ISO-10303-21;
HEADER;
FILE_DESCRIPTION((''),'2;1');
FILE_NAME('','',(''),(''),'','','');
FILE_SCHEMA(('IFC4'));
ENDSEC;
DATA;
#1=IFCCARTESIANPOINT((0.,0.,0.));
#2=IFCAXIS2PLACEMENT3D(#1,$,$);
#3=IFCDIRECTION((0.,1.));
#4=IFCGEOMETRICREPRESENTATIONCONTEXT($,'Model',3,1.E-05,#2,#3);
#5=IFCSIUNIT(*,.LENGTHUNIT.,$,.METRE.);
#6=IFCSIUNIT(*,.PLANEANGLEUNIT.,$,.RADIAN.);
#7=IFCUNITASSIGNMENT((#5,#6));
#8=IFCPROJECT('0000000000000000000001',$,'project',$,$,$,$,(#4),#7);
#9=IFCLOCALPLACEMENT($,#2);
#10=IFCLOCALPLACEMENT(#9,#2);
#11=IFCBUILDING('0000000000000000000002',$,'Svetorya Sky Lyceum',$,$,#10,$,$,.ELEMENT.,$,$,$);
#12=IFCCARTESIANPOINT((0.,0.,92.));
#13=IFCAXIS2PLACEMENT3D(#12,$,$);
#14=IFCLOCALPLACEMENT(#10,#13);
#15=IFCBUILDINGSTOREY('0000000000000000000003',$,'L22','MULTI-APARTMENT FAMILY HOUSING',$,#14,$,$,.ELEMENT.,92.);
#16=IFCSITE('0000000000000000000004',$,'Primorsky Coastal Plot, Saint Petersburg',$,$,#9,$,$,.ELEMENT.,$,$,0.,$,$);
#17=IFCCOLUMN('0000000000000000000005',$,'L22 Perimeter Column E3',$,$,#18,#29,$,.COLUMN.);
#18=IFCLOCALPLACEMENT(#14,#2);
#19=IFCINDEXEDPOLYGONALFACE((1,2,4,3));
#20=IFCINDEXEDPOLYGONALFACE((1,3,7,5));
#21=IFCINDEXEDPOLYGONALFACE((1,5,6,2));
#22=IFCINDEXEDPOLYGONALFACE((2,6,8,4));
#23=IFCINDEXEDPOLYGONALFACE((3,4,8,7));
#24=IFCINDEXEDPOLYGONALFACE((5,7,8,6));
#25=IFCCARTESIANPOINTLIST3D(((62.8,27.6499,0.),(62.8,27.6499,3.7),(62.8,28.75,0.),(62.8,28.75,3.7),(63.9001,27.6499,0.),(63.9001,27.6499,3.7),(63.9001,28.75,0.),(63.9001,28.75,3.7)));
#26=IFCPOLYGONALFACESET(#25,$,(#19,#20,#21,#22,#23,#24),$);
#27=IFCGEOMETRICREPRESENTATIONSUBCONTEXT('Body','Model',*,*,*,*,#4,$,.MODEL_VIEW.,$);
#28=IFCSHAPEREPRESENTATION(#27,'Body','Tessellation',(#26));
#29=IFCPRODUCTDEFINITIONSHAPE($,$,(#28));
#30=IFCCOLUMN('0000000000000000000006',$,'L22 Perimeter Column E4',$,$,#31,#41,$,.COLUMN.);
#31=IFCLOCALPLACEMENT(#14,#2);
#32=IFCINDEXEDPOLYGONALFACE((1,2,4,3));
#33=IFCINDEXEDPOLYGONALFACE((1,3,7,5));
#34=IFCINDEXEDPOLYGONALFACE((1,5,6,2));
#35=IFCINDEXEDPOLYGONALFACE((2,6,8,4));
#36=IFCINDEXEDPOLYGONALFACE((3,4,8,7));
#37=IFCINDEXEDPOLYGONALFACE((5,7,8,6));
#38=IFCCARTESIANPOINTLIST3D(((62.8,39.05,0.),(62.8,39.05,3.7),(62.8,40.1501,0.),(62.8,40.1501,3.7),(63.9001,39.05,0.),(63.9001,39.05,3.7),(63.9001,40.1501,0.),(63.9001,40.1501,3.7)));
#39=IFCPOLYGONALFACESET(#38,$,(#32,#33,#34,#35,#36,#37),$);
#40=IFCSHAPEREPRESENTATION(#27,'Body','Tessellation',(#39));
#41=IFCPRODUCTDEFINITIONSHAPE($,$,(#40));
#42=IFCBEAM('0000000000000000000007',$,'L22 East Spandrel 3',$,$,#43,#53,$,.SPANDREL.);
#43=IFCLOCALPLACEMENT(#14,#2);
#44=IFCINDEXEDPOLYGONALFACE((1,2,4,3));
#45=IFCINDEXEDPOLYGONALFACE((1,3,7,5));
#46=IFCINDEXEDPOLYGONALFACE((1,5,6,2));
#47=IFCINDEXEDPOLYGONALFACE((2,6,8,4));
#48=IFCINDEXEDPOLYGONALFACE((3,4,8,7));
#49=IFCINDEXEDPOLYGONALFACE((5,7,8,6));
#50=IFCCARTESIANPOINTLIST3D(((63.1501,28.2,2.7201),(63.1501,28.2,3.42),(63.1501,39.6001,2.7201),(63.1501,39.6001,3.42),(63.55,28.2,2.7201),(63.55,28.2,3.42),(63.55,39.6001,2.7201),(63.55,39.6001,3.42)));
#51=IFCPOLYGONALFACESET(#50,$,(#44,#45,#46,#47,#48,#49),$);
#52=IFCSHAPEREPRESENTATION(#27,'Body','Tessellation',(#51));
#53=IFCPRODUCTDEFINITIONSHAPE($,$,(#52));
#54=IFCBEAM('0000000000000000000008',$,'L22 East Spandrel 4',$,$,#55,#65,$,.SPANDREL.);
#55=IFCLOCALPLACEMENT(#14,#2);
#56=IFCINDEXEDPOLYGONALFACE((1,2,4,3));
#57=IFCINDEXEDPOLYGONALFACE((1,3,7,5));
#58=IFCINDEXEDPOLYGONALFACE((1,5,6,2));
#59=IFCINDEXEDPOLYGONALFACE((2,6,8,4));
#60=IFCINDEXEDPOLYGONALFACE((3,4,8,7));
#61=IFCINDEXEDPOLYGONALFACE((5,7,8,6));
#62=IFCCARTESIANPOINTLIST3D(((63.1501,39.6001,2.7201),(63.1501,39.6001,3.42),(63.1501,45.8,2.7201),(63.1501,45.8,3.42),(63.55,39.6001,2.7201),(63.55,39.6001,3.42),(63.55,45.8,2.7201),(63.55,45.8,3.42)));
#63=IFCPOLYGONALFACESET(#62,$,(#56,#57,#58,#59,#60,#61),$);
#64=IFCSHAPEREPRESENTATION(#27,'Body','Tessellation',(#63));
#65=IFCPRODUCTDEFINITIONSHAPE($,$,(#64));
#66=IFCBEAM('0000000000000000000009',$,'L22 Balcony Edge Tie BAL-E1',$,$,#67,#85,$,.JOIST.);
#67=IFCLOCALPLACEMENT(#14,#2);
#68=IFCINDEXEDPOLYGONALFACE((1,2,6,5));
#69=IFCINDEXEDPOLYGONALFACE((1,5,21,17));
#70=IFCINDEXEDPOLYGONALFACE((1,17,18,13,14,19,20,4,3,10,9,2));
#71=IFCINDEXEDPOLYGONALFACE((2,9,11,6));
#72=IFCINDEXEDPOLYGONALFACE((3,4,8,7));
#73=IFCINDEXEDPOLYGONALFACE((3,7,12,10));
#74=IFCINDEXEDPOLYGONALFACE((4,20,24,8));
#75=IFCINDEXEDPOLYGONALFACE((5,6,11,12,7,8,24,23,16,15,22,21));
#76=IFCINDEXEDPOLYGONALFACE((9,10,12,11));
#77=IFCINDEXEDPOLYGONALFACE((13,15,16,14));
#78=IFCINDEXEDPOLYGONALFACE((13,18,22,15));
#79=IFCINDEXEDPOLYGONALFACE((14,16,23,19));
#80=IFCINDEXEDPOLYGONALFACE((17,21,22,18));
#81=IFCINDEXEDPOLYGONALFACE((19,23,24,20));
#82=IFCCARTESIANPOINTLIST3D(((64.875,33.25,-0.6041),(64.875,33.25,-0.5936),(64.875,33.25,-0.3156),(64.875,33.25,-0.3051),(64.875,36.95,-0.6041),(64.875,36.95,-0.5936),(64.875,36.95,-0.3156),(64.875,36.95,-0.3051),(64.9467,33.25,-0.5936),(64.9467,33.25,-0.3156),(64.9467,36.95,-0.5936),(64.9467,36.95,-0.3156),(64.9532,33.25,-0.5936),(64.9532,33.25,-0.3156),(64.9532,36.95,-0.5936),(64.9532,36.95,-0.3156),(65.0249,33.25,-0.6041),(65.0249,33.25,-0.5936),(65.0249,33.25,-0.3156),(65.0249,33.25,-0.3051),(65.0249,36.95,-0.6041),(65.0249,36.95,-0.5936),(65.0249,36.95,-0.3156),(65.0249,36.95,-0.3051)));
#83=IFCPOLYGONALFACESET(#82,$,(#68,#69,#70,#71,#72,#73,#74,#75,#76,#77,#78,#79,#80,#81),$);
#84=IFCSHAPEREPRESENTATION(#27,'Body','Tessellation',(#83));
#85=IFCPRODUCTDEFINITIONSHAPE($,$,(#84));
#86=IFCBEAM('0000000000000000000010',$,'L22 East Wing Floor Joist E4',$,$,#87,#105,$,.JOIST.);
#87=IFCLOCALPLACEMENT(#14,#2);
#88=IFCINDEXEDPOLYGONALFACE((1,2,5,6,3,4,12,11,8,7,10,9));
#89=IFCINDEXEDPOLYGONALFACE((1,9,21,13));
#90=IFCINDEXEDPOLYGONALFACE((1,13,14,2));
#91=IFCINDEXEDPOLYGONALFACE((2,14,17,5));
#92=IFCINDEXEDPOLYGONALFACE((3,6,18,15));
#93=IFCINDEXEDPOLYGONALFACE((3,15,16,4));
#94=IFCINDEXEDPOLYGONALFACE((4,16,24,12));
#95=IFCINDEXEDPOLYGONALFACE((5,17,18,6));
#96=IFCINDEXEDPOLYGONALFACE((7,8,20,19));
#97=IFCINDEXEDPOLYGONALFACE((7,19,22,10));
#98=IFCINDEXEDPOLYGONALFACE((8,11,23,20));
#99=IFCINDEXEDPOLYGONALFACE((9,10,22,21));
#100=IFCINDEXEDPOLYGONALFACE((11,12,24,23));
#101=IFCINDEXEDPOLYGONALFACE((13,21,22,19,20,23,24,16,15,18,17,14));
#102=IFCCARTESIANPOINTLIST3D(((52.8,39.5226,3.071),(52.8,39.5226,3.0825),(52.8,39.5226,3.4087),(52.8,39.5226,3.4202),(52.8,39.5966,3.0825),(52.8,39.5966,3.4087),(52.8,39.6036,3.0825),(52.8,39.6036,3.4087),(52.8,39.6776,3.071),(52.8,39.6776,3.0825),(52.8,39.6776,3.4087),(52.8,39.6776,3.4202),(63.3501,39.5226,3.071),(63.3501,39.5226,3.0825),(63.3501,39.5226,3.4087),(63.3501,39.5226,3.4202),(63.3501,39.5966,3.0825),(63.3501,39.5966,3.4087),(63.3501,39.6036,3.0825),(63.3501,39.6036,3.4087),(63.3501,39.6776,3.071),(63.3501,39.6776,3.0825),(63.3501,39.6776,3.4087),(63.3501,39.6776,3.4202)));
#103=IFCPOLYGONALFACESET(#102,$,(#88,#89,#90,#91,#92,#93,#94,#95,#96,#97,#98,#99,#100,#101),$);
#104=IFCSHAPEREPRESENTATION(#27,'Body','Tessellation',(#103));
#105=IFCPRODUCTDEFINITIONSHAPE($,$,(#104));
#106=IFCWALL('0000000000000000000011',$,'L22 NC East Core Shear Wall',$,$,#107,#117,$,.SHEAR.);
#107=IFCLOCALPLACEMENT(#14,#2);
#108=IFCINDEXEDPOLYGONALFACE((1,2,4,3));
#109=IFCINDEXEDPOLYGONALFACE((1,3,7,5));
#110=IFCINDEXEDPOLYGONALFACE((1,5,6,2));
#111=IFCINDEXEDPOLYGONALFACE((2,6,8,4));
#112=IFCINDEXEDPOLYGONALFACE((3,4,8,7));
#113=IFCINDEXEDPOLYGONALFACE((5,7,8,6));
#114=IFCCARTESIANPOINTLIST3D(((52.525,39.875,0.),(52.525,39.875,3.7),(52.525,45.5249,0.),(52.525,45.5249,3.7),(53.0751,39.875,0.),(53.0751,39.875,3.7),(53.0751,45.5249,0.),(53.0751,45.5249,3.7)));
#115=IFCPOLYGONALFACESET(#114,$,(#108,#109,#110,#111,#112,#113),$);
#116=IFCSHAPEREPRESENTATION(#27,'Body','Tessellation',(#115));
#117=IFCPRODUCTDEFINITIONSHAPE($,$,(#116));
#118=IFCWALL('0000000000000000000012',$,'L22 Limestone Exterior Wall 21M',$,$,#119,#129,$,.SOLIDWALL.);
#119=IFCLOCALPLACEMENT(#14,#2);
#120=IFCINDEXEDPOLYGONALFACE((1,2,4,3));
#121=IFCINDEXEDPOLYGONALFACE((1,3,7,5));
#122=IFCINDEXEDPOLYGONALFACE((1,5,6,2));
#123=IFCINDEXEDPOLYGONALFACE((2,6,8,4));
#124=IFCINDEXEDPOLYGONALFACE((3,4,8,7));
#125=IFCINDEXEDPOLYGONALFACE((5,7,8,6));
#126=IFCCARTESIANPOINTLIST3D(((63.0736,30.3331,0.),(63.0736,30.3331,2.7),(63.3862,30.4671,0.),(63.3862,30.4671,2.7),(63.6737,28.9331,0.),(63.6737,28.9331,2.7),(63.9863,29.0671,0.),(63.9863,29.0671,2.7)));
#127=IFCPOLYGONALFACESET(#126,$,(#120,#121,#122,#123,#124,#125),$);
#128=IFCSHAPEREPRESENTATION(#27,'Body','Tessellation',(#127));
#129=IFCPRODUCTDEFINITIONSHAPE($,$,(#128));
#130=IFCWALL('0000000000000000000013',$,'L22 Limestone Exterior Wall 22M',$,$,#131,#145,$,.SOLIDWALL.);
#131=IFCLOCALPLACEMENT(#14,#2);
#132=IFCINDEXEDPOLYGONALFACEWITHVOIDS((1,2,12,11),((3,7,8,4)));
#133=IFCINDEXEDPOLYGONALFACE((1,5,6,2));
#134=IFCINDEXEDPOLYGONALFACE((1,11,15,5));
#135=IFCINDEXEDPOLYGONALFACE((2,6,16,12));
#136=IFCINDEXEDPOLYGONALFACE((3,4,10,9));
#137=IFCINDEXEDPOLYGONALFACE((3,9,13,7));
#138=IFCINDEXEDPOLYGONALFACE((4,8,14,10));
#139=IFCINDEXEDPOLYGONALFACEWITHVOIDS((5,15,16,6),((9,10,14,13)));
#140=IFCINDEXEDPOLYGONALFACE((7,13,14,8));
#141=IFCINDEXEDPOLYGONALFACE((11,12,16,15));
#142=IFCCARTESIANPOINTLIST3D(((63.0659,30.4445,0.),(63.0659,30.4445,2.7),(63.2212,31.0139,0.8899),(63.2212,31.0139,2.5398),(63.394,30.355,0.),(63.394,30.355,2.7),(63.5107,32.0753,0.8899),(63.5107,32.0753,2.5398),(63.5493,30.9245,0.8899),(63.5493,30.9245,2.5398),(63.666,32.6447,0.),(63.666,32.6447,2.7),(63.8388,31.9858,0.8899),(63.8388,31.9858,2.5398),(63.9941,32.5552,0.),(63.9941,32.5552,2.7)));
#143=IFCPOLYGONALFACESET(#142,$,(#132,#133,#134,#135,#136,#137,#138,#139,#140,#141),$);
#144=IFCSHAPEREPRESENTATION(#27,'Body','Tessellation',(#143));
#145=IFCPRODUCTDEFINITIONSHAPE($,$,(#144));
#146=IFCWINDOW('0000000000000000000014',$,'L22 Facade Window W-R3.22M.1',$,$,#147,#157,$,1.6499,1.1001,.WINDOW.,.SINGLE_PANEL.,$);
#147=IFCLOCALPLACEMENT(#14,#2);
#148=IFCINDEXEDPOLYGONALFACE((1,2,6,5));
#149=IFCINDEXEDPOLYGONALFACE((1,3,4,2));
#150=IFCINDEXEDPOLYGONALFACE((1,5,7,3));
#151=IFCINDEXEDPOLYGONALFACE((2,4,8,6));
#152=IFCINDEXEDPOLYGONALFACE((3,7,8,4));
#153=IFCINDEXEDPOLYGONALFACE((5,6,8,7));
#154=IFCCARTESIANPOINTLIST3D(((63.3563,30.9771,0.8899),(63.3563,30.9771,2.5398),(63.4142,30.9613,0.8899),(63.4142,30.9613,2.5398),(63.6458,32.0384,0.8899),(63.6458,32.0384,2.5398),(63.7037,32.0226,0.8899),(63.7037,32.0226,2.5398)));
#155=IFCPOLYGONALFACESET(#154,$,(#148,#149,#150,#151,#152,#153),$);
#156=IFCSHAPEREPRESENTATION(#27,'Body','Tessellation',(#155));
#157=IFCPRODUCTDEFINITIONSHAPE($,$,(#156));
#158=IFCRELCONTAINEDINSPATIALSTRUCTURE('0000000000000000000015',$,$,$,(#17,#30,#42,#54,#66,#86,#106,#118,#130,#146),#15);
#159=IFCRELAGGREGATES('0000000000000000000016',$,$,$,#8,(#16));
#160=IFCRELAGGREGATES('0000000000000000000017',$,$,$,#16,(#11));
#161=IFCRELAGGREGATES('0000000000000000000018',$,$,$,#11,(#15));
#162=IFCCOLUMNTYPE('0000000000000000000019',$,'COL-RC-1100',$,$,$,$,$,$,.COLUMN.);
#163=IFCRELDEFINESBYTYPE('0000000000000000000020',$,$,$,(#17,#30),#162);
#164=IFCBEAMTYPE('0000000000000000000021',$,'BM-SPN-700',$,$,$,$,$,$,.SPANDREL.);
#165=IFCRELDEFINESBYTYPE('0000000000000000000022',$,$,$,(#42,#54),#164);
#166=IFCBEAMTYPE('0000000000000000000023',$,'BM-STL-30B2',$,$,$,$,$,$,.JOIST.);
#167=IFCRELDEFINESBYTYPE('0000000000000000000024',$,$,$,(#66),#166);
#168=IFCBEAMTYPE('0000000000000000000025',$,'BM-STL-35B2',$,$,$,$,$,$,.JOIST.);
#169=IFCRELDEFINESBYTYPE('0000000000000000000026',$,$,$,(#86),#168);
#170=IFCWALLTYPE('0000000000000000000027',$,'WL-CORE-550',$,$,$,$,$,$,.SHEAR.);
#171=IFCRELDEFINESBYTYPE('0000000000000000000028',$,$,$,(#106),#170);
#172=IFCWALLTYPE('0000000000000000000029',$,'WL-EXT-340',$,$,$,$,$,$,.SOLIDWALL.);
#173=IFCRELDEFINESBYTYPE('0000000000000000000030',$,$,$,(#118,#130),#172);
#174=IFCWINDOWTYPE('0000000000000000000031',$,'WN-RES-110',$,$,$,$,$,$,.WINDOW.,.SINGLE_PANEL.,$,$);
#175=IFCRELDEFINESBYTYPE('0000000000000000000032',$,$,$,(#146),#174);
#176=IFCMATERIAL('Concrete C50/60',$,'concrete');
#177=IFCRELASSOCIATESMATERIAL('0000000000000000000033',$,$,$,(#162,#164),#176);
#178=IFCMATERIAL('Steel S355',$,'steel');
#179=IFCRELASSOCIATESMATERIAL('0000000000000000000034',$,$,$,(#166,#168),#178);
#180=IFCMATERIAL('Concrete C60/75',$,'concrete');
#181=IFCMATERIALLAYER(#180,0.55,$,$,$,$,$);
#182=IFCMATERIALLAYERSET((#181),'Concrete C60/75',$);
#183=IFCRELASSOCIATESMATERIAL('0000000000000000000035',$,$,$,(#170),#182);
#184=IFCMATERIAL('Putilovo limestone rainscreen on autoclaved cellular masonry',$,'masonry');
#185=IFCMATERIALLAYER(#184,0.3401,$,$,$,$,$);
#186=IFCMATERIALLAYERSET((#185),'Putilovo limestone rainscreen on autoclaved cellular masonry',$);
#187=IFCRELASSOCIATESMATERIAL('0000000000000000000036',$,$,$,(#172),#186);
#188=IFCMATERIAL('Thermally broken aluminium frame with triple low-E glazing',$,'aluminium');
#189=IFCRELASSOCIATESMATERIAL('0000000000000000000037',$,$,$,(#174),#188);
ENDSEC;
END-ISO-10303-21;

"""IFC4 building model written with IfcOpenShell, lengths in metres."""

from ifc_helpers import new_model, si_unit, direction, frame, frame_2d, origin, origin_2d, place, context, subcontext, project, spatial, rectangle, i_section, extrude, material, layer, layer_set, material_profile, profile_set, type_object, element, fill, save


model = new_model("IFC4")

# Units and contexts
model_context = context("Model", 3, precision=1e-05, world=origin(), true_north=direction((0.0, 1.0)))
body_context = subcontext(model_context, "Body", "Model", "MODEL_VIEW")
ifc_project = project(units=[si_unit("LENGTHUNIT", "METRE"), si_unit("PLANEANGLEUNIT", "RADIAN")], contexts=[model_context])

# Site, building, storey
site_placement = place(None, origin())
site = spatial("IfcSite", under=ifc_project, at=site_placement, Name="Primorsky Coastal Plot, Saint Petersburg", CompositionType="ELEMENT", RefElevation=0.0)
building_placement = place(site_placement, origin())
building = spatial("IfcBuilding", under=site, at=building_placement, Name="Svetorya Sky Lyceum", CompositionType="ELEMENT")
storey_placement = place(building_placement, frame((0.0, 0.0, 92.0)))
storey = spatial("IfcBuildingStorey", under=building, at=storey_placement, Name="L22", Description="MULTI-APARTMENT FAMILY HOUSING", CompositionType="ELEMENT", Elevation=92.0)

# Columns
ifc_material_1 = material(Name="Concrete C50/60", Category="concrete")
ifc_material_profile_1 = material_profile(ifc_material_1, rectangle(XDim=1.1001, YDim=1.1001, at=origin_2d()), Name="RC COL 1100x1100")
ifc_profile_set_1 = profile_set([ifc_material_profile_1], Name="Concrete C50/60")
column_type = type_object("IfcColumnType", Name="COL-RC-1100", PredefinedType="COLUMN", material=ifc_profile_set_1)
for number, where, z_axis, x_axis, name in (
    (1, (63.3501, 28.2, 0.0), (0.0, 0.0, 1.0), (1.0, 0.0, 0.0), "L22 Perimeter Column E3"),
    (2, (63.3501, 39.6001, 0.0), (0.0, 0.0, 1.0), (1.0, 0.0, 0.0), "L22 Perimeter Column E4"),
):
    element("IfcColumn", number, at=place(storey_placement, frame(where, z_axis=z_axis, x_axis=x_axis)), inside=storey, type_object=column_type, Name=name, PredefinedType="COLUMN", context=body_context, shape_type="SweptSolid", body=[
        extrude(rectangle(XDim=1.1001, YDim=1.1001, at=origin_2d()), origin(), (0.0, 0.0, 1.0), 3.7),
    ])

# Beams
ifc_material_profile_2 = material_profile(ifc_material_1, rectangle(XDim=0.3999, YDim=0.7, at=origin_2d()), Name="RC SPANDREL 400x700")
ifc_profile_set_2 = profile_set([ifc_material_profile_2], Name="Concrete C50/60")
beam_type_1 = type_object("IfcBeamType", Name="BM-SPN-700", PredefinedType="SPANDREL", material=ifc_profile_set_2)
beam_1_placement = place(storey_placement, frame((63.3501, 28.2, 3.0701), z_axis=(0.0, 1.0, 0.0), x_axis=(-1.0, 0.0, 0.0)))
element("IfcBeam", 3, at=beam_1_placement, inside=storey, type_object=beam_type_1, Name="L22 East Spandrel 3", PredefinedType="SPANDREL", context=body_context, shape_type="SweptSolid", body=[
    extrude(rectangle(XDim=0.3999, YDim=0.7, at=origin_2d()), origin(), (0.0, 0.0, 1.0), 11.4001),
])
beam_2_placement = place(storey_placement, frame((63.3501, 39.6001, 3.0701), z_axis=(0.0, 1.0, 0.0), x_axis=(-1.0, 0.0, 0.0)))
element("IfcBeam", 4, at=beam_2_placement, inside=storey, type_object=beam_type_1, Name="L22 East Spandrel 4", PredefinedType="SPANDREL", context=body_context, shape_type="SweptSolid", body=[
    extrude(rectangle(XDim=0.3999, YDim=0.7, at=origin_2d()), origin(), (0.0, 0.0, 1.0), 6.2),
])
ifc_material_2 = material(Name="Steel S355", Category="steel")
ifc_material_profile_3 = material_profile(ifc_material_2, i_section(OverallWidth=0.1499, OverallDepth=0.2991, WebThickness=0.0066, FlangeThickness=0.0105, at=origin_2d()), Name="GOST 30B2")
ifc_profile_set_3 = profile_set([ifc_material_profile_3], Name="Steel S355")
beam_type_2 = type_object("IfcBeamType", Name="BM-STL-30B2", PredefinedType="JOIST", material=ifc_profile_set_3)
beam_3_placement = place(storey_placement, frame((64.95, 33.25, -0.4546), z_axis=(0.0, 1.0, 0.0), x_axis=(-1.0, 0.0, 0.0)))
element("IfcBeam", 5, at=beam_3_placement, inside=storey, type_object=beam_type_2, Name="L22 Balcony Edge Tie BAL-E1", PredefinedType="JOIST", context=body_context, shape_type="SweptSolid", body=[
    extrude(i_section(OverallWidth=0.1499, OverallDepth=0.2991, WebThickness=0.0066, FlangeThickness=0.0105, at=origin_2d()), origin(), (0.0, 0.0, 1.0), 3.7),
])
ifc_material_profile_4 = material_profile(ifc_material_2, i_section(OverallWidth=0.155, OverallDepth=0.3491, WebThickness=0.0071, FlangeThickness=0.0115, at=origin_2d()), Name="GOST 35B2")
ifc_profile_set_4 = profile_set([ifc_material_profile_4], Name="Steel S355")
beam_type_3 = type_object("IfcBeamType", Name="BM-STL-35B2", PredefinedType="JOIST", material=ifc_profile_set_4)
beam_4_placement = place(storey_placement, frame((52.8, 39.6001, 3.2456), z_axis=(1.0, 0.0, 0.0), x_axis=(0.0, 1.0, 0.0)))
element("IfcBeam", 6, at=beam_4_placement, inside=storey, type_object=beam_type_3, Name="L22 East Wing Floor Joist E4", PredefinedType="JOIST", context=body_context, shape_type="SweptSolid", body=[
    extrude(i_section(OverallWidth=0.155, OverallDepth=0.3491, WebThickness=0.0071, FlangeThickness=0.0115, at=origin_2d()), origin(), (0.0, 0.0, 1.0), 10.55),
])

# Walls
ifc_material_3 = material(Name="Concrete C60/75", Category="concrete")
ifc_layer_1 = layer(ifc_material_3, 0.55)
ifc_layer_set_1 = layer_set([ifc_layer_1], Name="Concrete C60/75")
wall_type_1 = type_object("IfcWallType", Name="WL-CORE-550", PredefinedType="SHEAR", material=ifc_layer_set_1)
wall_1_placement = place(storey_placement, frame((52.8, 39.875, 0.0), z_axis=(0.0, 0.0, 1.0), x_axis=(0.0, 1.0, 0.0)))
element("IfcWall", 7, at=wall_1_placement, inside=storey, type_object=wall_type_1, Name="L22 NC East Core Shear Wall", PredefinedType="SHEAR", context=body_context, shape_type="SweptSolid", body=[
    extrude(rectangle(XDim=5.6499, YDim=0.55, at=frame_2d((2.825, 0.0))), origin(), (0.0, 0.0, 1.0), 3.7),
])
ifc_material_4 = material(Name="Putilovo limestone rainscreen on autoclaved cellular masonry", Category="masonry")
ifc_layer_2 = layer(ifc_material_4, 0.3401)
ifc_layer_set_2 = layer_set([ifc_layer_2], Name="Putilovo limestone rainscreen on autoclaved cellular masonry")
wall_type_2 = type_object("IfcWallType", Name="WL-EXT-340", PredefinedType="SOLIDWALL", material=ifc_layer_set_2)
wall_2_placement = place(storey_placement, frame((63.8301, 29.0, 0.0), z_axis=(0.0, 0.0, 1.0), x_axis=(-0.393997, 0.919112, 0.0)))
element("IfcWall", 8, at=wall_2_placement, inside=storey, type_object=wall_type_2, Name="L22 Limestone Exterior Wall 21M", PredefinedType="SOLIDWALL", context=body_context, shape_type="SweptSolid", body=[
    extrude(rectangle(XDim=1.5232, YDim=0.3401, at=frame_2d((0.7617, 0.0))), origin(), (0.0, 0.0, 1.0), 2.7),
])

# Wall, opening, window
wall_3_placement = place(storey_placement, frame((63.23, 30.3999, 0.0), z_axis=(0.0, 0.0, 1.0), x_axis=(0.263136, 0.964759, 0.0)))
wall_3 = element("IfcWall", 9, at=wall_3_placement, inside=storey, type_object=wall_type_2, Name="L22 Limestone Exterior Wall 22M", PredefinedType="SOLIDWALL", context=body_context, shape_type="SweptSolid", body=[
    extrude(rectangle(XDim=2.2805, YDim=0.3401, at=frame_2d((1.1401, 0.0))), origin(), (0.0, 0.0, 1.0), 2.7),
])
opening_1_placement = place(wall_3_placement, frame((0.5901, 0.0, 0.8899)))
opening_1 = element("IfcOpeningElement", 10, at=opening_1_placement, cuts=wall_3, PredefinedType="OPENING", context=body_context, shape_type="SweptSolid", body=[
    extrude(rectangle(XDim=1.1001, YDim=1.6499, at=frame_2d((0.55, 0.825))), frame((0.0, 0.1799, 0.0), z_axis=(0.0, -1.0, 0.0), x_axis=(1.0, 0.0, 0.0)), (0.0, 0.0, 1.0), 0.3601),
])
ifc_material_5 = material(Name="Thermally broken aluminium frame with triple low-E glazing", Category="aluminium")
window_type_1 = type_object("IfcWindowType", Name="WN-RES-110", PartitioningType="SINGLE_PANEL", PredefinedType="WINDOW", material=ifc_material_5)
window_1_placement = place(opening_1_placement, origin())
window_1 = element("IfcWindow", 11, at=window_1_placement, inside=storey, type_object=window_type_1, Name="L22 Facade Window W-R3.22M.1", OverallHeight=1.6499, OverallWidth=1.1001, PartitioningType="SINGLE_PANEL", PredefinedType="WINDOW", context=body_context, shape_type="SweptSolid", body=[
    extrude(rectangle(XDim=1.1001, YDim=1.6499, at=frame_2d((0.55, 0.825))), frame((0.0, 0.03, 0.0), z_axis=(0.0, -1.0, 0.0), x_axis=(1.0, 0.0, 0.0)), (0.0, 0.0, 1.0), 0.0601),
])
fill(opening_1, window_1)

save(model, "model.ifc")
